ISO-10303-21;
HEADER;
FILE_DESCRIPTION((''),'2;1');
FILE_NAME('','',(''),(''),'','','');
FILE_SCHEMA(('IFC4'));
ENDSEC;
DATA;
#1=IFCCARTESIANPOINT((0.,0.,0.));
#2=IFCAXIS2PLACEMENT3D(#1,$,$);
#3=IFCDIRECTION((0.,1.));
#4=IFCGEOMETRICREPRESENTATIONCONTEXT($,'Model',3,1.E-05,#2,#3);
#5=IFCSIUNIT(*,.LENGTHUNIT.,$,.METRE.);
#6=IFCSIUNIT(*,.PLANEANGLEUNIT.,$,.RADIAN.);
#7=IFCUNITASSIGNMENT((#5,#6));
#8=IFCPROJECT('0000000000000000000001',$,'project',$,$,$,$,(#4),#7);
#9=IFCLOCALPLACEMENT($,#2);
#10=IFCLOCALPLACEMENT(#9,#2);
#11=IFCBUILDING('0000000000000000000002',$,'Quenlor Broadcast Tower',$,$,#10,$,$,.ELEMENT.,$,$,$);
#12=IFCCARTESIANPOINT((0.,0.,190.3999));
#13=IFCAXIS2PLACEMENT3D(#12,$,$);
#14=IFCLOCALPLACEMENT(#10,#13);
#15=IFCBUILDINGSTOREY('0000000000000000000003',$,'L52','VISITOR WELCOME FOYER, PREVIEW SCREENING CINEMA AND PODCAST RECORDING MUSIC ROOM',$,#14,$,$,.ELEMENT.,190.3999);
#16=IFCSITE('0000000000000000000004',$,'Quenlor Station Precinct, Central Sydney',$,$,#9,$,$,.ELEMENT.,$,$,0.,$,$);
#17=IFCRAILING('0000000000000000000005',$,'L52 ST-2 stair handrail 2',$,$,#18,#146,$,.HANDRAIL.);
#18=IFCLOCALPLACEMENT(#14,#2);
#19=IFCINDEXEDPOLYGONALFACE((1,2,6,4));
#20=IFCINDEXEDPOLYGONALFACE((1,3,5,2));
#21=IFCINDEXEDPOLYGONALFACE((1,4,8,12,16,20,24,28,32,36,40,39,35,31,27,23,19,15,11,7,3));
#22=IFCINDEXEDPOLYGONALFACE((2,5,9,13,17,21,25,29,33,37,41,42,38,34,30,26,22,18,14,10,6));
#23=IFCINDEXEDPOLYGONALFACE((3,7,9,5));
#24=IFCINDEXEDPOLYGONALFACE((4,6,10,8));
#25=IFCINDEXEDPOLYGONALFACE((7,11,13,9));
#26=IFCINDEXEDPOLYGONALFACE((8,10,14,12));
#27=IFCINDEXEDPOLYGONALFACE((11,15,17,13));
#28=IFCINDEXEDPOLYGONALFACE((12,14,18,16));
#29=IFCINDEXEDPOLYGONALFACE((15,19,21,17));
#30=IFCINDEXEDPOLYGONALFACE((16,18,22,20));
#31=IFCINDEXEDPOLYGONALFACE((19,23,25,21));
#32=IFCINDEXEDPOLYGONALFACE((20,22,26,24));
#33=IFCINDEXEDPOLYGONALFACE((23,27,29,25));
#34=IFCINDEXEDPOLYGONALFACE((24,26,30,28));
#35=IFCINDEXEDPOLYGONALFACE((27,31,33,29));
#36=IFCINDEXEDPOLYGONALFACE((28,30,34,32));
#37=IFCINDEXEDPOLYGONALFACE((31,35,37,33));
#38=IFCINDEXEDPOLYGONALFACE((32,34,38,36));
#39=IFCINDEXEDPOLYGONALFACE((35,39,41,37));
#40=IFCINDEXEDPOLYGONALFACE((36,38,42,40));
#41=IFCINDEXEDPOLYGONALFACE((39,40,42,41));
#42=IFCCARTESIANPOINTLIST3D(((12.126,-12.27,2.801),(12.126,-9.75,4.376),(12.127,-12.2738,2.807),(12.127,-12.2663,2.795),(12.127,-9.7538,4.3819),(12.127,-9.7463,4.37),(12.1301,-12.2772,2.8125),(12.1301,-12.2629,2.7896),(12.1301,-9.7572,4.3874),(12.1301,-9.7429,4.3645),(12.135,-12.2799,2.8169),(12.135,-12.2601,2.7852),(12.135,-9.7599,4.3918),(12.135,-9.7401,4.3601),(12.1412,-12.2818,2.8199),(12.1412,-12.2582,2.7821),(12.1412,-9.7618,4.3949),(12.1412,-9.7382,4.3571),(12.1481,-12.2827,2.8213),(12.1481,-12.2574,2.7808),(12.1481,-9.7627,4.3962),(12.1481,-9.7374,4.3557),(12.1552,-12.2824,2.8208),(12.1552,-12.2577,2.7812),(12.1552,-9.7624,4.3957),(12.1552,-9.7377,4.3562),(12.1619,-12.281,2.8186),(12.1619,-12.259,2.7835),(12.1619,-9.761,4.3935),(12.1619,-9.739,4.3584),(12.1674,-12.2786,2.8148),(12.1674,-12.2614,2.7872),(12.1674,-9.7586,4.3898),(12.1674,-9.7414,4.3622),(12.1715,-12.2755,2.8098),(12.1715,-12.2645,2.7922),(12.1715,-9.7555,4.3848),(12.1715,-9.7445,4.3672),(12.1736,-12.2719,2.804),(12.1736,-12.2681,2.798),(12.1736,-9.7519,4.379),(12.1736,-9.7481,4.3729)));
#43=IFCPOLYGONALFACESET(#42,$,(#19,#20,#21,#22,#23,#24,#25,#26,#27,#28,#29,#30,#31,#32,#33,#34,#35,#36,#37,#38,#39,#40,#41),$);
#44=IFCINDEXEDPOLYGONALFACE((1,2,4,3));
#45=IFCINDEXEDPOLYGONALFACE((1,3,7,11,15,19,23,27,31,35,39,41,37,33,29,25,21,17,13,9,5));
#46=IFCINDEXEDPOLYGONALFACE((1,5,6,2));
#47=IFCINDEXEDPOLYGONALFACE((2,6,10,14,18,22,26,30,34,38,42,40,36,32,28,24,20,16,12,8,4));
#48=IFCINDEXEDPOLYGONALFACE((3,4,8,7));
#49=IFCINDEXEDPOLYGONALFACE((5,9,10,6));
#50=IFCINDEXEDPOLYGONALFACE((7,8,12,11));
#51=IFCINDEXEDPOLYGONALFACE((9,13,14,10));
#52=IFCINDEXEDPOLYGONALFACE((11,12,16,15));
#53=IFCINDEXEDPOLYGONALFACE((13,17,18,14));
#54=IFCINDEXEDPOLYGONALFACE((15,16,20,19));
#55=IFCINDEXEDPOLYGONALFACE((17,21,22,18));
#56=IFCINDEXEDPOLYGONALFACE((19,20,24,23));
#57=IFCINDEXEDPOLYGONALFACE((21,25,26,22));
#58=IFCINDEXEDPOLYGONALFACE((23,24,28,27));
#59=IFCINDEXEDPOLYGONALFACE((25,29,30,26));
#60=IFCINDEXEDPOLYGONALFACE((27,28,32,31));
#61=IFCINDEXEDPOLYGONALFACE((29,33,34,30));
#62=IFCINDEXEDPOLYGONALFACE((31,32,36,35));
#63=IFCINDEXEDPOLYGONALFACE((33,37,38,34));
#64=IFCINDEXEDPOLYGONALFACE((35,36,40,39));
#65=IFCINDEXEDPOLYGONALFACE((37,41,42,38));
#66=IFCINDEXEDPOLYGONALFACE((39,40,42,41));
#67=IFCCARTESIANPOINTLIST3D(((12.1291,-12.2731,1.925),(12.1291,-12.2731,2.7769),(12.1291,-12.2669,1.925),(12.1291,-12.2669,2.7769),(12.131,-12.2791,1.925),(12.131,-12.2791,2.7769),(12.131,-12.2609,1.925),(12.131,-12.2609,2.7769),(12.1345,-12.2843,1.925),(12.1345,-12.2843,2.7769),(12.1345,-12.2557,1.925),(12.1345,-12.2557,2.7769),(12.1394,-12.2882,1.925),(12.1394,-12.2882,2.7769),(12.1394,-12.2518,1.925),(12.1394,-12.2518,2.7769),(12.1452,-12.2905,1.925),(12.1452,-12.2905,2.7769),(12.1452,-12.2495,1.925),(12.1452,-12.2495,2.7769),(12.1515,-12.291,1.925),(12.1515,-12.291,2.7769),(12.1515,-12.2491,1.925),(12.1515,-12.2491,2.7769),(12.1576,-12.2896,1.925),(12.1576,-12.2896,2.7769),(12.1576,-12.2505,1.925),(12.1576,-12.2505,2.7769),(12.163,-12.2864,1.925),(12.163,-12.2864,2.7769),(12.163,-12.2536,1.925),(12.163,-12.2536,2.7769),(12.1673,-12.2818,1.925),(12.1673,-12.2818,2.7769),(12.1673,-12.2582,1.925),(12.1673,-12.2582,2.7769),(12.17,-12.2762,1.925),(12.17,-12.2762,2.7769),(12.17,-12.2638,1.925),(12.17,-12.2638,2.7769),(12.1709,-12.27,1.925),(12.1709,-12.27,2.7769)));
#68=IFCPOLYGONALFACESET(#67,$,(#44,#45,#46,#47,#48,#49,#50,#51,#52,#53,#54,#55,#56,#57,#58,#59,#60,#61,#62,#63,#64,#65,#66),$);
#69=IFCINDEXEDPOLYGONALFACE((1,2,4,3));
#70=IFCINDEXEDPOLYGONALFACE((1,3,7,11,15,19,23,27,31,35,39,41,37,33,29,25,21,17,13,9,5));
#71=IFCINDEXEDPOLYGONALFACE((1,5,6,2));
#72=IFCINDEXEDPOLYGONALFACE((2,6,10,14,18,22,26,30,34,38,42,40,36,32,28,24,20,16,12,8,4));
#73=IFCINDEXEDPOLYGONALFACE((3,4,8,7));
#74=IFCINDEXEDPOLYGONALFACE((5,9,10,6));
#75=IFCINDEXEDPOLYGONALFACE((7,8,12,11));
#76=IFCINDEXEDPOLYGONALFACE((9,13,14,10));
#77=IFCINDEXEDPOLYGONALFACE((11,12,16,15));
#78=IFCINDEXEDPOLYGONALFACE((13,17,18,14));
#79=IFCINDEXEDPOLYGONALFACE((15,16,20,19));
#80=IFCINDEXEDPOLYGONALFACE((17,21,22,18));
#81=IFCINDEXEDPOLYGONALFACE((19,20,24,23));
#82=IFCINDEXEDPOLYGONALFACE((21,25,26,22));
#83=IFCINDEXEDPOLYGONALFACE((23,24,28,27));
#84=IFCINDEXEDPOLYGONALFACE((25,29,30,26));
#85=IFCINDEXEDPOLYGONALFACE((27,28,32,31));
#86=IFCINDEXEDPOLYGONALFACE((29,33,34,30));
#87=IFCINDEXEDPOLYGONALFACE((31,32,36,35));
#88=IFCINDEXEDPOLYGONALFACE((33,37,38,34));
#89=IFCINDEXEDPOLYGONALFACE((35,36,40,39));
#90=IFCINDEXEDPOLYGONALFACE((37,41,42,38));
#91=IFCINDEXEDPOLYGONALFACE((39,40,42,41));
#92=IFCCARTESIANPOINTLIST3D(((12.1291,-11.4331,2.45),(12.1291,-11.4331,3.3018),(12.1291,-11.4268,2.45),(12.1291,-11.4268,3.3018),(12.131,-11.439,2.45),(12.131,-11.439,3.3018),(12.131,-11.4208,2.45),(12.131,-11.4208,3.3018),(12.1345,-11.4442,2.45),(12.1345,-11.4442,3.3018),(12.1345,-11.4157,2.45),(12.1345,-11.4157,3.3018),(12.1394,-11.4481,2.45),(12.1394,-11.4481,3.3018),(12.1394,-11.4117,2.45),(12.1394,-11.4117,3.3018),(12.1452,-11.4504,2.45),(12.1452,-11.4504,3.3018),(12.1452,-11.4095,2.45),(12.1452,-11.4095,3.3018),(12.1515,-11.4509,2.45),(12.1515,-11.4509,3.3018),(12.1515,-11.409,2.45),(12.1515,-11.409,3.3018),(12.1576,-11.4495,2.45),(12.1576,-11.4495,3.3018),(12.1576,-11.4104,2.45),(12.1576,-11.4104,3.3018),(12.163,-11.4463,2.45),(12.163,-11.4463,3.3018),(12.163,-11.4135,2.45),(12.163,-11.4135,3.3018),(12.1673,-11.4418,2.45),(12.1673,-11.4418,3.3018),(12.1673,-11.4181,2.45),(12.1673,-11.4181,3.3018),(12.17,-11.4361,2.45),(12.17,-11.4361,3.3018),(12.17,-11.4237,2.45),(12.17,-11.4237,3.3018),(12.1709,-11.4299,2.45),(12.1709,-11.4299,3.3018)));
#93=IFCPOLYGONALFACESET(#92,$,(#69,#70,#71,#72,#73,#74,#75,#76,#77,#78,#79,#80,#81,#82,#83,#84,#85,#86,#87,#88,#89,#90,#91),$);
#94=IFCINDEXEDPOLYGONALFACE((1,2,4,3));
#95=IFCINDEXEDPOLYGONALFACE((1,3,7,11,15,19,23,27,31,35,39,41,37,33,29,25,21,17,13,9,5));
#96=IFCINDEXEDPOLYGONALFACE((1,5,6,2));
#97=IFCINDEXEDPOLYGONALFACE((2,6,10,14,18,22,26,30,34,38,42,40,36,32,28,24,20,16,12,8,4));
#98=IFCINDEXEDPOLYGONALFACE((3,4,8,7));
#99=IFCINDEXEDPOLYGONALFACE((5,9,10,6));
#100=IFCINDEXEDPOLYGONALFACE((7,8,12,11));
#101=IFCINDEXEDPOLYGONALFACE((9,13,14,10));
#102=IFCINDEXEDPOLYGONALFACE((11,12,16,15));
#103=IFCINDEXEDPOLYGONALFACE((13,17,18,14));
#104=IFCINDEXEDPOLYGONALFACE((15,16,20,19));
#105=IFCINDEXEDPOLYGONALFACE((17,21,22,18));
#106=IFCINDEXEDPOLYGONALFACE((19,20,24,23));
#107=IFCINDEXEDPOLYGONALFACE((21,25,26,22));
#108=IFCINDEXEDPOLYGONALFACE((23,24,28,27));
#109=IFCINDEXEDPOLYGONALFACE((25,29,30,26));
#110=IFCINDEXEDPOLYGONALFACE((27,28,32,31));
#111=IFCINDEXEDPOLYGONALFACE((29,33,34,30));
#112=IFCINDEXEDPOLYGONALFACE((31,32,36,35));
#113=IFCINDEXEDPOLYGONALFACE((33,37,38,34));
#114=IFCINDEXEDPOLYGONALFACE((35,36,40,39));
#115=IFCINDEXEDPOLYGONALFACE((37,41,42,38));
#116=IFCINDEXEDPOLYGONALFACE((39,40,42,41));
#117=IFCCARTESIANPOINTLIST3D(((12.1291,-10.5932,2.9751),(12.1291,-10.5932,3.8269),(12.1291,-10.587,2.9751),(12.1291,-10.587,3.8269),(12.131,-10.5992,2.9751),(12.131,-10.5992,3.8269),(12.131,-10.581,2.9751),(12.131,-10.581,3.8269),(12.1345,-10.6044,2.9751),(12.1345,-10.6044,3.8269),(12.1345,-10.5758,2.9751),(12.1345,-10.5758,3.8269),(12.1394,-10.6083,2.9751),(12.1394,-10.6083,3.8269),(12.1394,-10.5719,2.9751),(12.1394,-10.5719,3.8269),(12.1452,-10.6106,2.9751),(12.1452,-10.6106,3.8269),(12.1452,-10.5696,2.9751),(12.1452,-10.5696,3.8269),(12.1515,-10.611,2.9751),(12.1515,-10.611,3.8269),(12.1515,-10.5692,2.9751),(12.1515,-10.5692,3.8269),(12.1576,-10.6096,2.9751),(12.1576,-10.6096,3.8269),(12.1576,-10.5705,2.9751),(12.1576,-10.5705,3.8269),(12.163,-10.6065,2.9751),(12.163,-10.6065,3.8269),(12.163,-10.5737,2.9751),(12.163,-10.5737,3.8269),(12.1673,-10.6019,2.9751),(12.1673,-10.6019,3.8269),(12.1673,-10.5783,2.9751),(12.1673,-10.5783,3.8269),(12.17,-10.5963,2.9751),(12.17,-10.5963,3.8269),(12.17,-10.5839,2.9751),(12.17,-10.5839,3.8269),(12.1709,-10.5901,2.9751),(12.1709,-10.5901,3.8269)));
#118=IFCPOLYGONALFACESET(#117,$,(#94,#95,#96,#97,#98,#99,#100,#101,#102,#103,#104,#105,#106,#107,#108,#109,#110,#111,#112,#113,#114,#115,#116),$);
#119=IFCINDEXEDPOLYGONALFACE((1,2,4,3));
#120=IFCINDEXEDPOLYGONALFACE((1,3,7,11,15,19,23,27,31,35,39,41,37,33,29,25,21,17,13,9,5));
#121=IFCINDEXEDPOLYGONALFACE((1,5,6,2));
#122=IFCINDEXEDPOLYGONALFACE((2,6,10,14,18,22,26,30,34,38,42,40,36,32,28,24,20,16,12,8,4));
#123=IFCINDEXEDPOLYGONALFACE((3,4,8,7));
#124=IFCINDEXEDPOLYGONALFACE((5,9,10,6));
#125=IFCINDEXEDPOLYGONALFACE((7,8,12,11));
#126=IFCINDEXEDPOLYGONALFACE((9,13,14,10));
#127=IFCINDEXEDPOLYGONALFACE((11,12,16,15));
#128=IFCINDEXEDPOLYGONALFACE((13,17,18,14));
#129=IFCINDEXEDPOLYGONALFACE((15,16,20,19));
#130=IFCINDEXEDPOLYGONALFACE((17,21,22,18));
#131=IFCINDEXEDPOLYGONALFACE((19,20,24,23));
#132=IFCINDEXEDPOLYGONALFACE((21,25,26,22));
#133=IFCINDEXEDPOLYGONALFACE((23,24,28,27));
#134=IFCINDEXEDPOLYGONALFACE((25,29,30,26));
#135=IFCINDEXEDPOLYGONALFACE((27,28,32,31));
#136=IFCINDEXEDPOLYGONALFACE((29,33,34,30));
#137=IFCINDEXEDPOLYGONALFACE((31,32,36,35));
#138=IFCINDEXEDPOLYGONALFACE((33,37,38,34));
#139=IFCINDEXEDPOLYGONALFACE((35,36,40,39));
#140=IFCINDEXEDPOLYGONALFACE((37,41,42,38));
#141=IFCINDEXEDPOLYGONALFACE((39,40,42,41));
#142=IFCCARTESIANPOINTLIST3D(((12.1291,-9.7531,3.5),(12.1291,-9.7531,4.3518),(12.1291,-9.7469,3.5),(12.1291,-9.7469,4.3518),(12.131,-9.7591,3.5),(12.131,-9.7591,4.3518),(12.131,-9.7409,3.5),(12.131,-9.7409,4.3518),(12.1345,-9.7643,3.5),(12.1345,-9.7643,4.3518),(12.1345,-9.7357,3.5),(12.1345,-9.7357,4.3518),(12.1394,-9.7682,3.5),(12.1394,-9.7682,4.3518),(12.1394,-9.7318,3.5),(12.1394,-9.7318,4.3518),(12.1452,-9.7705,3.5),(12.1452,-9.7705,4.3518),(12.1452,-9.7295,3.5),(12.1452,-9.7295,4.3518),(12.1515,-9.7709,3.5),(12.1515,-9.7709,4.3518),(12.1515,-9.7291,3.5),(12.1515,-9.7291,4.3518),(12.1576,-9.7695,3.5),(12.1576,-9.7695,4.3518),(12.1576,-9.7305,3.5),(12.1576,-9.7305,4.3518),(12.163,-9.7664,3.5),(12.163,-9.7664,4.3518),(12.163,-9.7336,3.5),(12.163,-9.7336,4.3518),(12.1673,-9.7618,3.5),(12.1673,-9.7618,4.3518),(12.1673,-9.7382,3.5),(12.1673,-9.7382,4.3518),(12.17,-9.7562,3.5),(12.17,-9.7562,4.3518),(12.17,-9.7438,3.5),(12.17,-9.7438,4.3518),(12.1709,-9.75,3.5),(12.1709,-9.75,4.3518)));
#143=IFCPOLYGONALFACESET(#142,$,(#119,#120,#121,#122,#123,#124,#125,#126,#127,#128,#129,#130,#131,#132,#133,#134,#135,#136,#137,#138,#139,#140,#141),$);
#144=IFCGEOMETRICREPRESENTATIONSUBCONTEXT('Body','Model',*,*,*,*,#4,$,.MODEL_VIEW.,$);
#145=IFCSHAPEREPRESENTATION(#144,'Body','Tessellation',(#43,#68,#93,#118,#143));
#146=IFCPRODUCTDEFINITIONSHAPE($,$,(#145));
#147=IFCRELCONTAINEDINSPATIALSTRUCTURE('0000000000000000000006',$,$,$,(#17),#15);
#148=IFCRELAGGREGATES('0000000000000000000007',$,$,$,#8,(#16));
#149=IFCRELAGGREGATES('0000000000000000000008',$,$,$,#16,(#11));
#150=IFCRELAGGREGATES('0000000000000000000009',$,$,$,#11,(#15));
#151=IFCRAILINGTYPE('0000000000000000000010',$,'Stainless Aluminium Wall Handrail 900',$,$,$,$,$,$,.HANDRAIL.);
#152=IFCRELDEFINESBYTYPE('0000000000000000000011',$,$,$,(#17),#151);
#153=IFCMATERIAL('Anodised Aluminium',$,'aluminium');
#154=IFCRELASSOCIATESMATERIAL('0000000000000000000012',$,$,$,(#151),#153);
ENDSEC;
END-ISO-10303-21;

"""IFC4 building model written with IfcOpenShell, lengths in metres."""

from ifc_helpers import new_model, si_unit, direction, frame, origin, origin_2d, place, context, subcontext, project, spatial, circle, extrude, material, type_object, element, save


model = new_model("IFC4")

# Units and contexts
model_context = context("Model", 3, precision=1e-05, world=origin(), true_north=direction((0.0, 1.0)))
body_context = subcontext(model_context, "Body", "Model", "MODEL_VIEW")
ifc_project = project(units=[si_unit("LENGTHUNIT", "METRE"), si_unit("PLANEANGLEUNIT", "RADIAN")], contexts=[model_context])

# Site, building, storey
site_placement = place(None, origin())
site = spatial("IfcSite", under=ifc_project, at=site_placement, Name="Quenlor Station Precinct, Central Sydney", CompositionType="ELEMENT", RefElevation=0.0)
building_placement = place(site_placement, origin())
building = spatial("IfcBuilding", under=site, at=building_placement, Name="Quenlor Broadcast Tower", CompositionType="ELEMENT")
storey_placement = place(building_placement, frame((0.0, 0.0, 190.3999)))
storey = spatial("IfcBuildingStorey", under=building, at=storey_placement, Name="L52", Description="VISITOR WELCOME FOYER, PREVIEW SCREENING CINEMA AND PODCAST RECORDING MUSIC ROOM", CompositionType="ELEMENT", Elevation=190.3999)

# Railing
ifc_material_1 = material(Name="Anodised Aluminium", Category="aluminium")
railing_type_1 = type_object("IfcRailingType", Name="Stainless Aluminium Wall Handrail 900", PredefinedType="HANDRAIL", material=ifc_material_1)
railing_1_placement = place(storey_placement, frame((12.1499, -12.27, 1.925)))
element("IfcRailing", 1, at=railing_1_placement, inside=storey, type_object=railing_type_1, Name="L52 ST-2 stair handrail 2", PredefinedType="HANDRAIL", context=body_context, shape_type="SweptSolid", body=[
    extrude(circle(Radius=0.0239, at=origin_2d()), frame((0.0, 0.0, 0.876), z_axis=(0.0, 0.848008, 0.529984), x_axis=(-1.0, 0.0, 0.0)), (0.0, 0.0, 1.0), 2.9717),
    extrude(circle(Radius=0.021, at=origin_2d()), origin(), (0.0, 0.0, 1.0), 0.8518),
    extrude(circle(Radius=0.021, at=origin_2d()), frame((0.0, 0.8401, 0.5249)), (0.0, 0.0, 1.0), 0.8518),
    extrude(circle(Radius=0.021, at=origin_2d()), frame((0.0, 1.6799, 1.05)), (0.0, 0.0, 1.0), 0.8518),
    extrude(circle(Radius=0.021, at=origin_2d()), frame((0.0, 2.52, 1.575)), (0.0, 0.0, 1.0), 0.8518),
])

save(model, "model.ifc")
